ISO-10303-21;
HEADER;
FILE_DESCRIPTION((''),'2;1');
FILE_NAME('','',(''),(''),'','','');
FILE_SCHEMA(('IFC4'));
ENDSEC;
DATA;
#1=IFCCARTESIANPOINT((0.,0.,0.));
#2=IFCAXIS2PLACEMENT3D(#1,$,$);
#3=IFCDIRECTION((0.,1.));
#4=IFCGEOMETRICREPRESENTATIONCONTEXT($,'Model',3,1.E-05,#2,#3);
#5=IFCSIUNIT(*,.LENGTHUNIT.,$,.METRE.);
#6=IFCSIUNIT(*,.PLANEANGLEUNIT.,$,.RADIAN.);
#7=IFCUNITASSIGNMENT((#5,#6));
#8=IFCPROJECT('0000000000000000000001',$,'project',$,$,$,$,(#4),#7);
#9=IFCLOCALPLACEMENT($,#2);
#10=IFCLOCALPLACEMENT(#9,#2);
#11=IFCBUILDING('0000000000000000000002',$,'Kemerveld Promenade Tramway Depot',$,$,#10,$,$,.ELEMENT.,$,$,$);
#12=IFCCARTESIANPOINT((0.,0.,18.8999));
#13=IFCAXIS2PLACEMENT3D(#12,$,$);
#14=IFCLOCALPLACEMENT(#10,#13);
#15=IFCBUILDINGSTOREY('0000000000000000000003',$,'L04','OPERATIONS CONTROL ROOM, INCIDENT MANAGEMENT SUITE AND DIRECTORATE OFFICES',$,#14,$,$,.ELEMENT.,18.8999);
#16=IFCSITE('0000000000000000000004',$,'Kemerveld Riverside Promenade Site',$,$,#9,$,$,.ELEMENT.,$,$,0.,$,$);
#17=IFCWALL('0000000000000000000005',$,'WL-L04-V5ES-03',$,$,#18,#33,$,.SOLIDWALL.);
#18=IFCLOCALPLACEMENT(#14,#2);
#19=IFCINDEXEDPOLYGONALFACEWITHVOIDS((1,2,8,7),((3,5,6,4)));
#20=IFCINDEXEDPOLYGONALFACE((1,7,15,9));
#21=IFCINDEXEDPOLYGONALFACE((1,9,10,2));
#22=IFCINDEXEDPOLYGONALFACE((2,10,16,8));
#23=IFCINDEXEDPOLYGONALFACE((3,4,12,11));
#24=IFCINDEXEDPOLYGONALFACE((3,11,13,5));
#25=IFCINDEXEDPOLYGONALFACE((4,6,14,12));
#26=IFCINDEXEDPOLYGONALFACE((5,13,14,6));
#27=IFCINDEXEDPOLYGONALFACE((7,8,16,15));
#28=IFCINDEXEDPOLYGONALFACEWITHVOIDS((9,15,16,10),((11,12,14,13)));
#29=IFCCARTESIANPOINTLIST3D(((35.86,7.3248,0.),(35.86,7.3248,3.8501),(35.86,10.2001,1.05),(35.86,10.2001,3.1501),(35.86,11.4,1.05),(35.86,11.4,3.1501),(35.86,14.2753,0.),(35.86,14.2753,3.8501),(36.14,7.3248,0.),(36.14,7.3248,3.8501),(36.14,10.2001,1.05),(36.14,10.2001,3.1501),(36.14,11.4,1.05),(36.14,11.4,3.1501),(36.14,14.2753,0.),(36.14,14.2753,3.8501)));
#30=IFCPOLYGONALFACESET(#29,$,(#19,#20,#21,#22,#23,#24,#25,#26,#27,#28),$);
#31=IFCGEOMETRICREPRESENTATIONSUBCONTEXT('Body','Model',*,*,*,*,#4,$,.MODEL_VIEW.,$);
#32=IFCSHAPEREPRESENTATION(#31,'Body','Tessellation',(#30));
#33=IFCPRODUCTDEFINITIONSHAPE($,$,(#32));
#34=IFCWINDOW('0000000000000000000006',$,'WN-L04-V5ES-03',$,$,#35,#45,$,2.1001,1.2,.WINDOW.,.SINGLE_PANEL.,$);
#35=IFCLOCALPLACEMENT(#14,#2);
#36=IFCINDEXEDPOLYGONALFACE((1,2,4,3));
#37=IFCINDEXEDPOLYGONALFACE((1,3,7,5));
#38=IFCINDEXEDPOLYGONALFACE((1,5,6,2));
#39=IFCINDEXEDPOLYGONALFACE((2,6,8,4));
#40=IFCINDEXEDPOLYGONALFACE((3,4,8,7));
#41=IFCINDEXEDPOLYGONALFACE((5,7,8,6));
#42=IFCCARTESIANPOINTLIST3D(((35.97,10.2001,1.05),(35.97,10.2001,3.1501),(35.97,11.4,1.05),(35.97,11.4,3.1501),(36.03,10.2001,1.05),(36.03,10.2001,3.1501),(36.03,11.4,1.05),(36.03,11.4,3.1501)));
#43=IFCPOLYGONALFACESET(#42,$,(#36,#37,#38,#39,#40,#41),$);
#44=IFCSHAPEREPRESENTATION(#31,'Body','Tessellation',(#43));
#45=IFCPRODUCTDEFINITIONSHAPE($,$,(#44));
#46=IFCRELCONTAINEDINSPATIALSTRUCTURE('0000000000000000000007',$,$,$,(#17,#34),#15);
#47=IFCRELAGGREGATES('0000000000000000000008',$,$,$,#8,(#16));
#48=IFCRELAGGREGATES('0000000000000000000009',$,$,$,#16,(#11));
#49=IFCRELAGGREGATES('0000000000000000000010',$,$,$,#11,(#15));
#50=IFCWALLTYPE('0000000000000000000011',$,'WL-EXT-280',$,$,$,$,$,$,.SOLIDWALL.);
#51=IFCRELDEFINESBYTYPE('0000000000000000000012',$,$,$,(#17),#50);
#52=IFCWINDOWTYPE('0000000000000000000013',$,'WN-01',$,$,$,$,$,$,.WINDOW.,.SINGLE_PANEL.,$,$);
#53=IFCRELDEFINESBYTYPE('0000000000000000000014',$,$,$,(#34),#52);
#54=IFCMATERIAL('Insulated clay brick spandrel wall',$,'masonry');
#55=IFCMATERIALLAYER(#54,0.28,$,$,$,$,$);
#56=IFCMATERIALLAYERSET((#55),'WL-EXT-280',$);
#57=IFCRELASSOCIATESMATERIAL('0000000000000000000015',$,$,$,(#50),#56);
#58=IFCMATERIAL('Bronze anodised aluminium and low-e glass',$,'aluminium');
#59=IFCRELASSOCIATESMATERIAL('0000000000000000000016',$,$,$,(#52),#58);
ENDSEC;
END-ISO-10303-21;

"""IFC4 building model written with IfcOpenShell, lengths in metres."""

from ifc_helpers import new_model, si_unit, direction, frame, frame_2d, origin, place, context, subcontext, project, spatial, rectangle, extrude, material, layer, layer_set, type_object, element, fill, save


model = new_model("IFC4")

# Units and contexts
model_context = context("Model", 3, precision=1e-05, world=origin(), true_north=direction((0.0, 1.0)))
body_context = subcontext(model_context, "Body", "Model", "MODEL_VIEW")
ifc_project = project(units=[si_unit("LENGTHUNIT", "METRE"), si_unit("PLANEANGLEUNIT", "RADIAN")], contexts=[model_context])

# Site, building, storey
site_placement = place(None, origin())
site = spatial("IfcSite", under=ifc_project, at=site_placement, Name="Kemerveld Riverside Promenade Site", CompositionType="ELEMENT", RefElevation=0.0)
building_placement = place(site_placement, origin())
building = spatial("IfcBuilding", under=site, at=building_placement, Name="Kemerveld Promenade Tramway Depot", CompositionType="ELEMENT")
storey_placement = place(building_placement, frame((0.0, 0.0, 18.8999)))
storey = spatial("IfcBuildingStorey", under=building, at=storey_placement, Name="L04", Description="OPERATIONS CONTROL ROOM, INCIDENT MANAGEMENT SUITE AND DIRECTORATE OFFICES", CompositionType="ELEMENT", Elevation=18.8999)

# Wall, opening, window
ifc_material_1 = material(Name="Insulated clay brick spandrel wall", Category="masonry")
ifc_layer_1 = layer(ifc_material_1, 0.28)
ifc_layer_set_1 = layer_set([ifc_layer_1], Name="WL-EXT-280")
wall_type = type_object("IfcWallType", Name="WL-EXT-280", PredefinedType="SOLIDWALL", material=ifc_layer_set_1)
wall_placement = place(storey_placement, frame((36.0, 14.2751, 0.0), z_axis=(0.0, 0.0, 1.0), x_axis=(0.0, -1.0, 0.0)))
wall = element("IfcWall", 1, at=wall_placement, inside=storey, type_object=wall_type, Name="WL-L04-V5ES-03", PredefinedType="SOLIDWALL", context=body_context, shape_type="SweptSolid", body=[
    extrude(rectangle(XDim=6.9504, YDim=0.28, at=frame_2d((3.4751, 0.0))), origin(), (0.0, 0.0, 1.0), 3.8501),
])
opening_placement = place(wall_placement, frame((2.875, 0.0, 1.05)))
opening = element("IfcOpeningElement", 2, at=opening_placement, cuts=wall, PredefinedType="OPENING", context=body_context, shape_type="SweptSolid", body=[
    extrude(rectangle(XDim=1.2, YDim=2.1001, at=frame_2d((0.6001, 1.05))), frame((0.0, 0.1499, 0.0), z_axis=(0.0, -1.0, 0.0), x_axis=(1.0, 0.0, 0.0)), (0.0, 0.0, 1.0), 0.3),
])
ifc_material_2 = material(Name="Bronze anodised aluminium and low-e glass", Category="aluminium")
window_type = type_object("IfcWindowType", Name="WN-01", PartitioningType="SINGLE_PANEL", PredefinedType="WINDOW", material=ifc_material_2)
window_placement = place(opening_placement, origin())
window = element("IfcWindow", 3, at=window_placement, inside=storey, type_object=window_type, Name="WN-L04-V5ES-03", OverallHeight=2.1001, OverallWidth=1.2, PartitioningType="SINGLE_PANEL", PredefinedType="WINDOW", context=body_context, shape_type="SweptSolid", body=[
    extrude(rectangle(XDim=1.2, YDim=2.1001, at=frame_2d((0.6001, 1.05))), frame((0.0, 0.03, 0.0), z_axis=(0.0, -1.0, 0.0), x_axis=(1.0, 0.0, 0.0)), (0.0, 0.0, 1.0), 0.0601),
])
fill(opening, window)

save(model, "model.ifc")
